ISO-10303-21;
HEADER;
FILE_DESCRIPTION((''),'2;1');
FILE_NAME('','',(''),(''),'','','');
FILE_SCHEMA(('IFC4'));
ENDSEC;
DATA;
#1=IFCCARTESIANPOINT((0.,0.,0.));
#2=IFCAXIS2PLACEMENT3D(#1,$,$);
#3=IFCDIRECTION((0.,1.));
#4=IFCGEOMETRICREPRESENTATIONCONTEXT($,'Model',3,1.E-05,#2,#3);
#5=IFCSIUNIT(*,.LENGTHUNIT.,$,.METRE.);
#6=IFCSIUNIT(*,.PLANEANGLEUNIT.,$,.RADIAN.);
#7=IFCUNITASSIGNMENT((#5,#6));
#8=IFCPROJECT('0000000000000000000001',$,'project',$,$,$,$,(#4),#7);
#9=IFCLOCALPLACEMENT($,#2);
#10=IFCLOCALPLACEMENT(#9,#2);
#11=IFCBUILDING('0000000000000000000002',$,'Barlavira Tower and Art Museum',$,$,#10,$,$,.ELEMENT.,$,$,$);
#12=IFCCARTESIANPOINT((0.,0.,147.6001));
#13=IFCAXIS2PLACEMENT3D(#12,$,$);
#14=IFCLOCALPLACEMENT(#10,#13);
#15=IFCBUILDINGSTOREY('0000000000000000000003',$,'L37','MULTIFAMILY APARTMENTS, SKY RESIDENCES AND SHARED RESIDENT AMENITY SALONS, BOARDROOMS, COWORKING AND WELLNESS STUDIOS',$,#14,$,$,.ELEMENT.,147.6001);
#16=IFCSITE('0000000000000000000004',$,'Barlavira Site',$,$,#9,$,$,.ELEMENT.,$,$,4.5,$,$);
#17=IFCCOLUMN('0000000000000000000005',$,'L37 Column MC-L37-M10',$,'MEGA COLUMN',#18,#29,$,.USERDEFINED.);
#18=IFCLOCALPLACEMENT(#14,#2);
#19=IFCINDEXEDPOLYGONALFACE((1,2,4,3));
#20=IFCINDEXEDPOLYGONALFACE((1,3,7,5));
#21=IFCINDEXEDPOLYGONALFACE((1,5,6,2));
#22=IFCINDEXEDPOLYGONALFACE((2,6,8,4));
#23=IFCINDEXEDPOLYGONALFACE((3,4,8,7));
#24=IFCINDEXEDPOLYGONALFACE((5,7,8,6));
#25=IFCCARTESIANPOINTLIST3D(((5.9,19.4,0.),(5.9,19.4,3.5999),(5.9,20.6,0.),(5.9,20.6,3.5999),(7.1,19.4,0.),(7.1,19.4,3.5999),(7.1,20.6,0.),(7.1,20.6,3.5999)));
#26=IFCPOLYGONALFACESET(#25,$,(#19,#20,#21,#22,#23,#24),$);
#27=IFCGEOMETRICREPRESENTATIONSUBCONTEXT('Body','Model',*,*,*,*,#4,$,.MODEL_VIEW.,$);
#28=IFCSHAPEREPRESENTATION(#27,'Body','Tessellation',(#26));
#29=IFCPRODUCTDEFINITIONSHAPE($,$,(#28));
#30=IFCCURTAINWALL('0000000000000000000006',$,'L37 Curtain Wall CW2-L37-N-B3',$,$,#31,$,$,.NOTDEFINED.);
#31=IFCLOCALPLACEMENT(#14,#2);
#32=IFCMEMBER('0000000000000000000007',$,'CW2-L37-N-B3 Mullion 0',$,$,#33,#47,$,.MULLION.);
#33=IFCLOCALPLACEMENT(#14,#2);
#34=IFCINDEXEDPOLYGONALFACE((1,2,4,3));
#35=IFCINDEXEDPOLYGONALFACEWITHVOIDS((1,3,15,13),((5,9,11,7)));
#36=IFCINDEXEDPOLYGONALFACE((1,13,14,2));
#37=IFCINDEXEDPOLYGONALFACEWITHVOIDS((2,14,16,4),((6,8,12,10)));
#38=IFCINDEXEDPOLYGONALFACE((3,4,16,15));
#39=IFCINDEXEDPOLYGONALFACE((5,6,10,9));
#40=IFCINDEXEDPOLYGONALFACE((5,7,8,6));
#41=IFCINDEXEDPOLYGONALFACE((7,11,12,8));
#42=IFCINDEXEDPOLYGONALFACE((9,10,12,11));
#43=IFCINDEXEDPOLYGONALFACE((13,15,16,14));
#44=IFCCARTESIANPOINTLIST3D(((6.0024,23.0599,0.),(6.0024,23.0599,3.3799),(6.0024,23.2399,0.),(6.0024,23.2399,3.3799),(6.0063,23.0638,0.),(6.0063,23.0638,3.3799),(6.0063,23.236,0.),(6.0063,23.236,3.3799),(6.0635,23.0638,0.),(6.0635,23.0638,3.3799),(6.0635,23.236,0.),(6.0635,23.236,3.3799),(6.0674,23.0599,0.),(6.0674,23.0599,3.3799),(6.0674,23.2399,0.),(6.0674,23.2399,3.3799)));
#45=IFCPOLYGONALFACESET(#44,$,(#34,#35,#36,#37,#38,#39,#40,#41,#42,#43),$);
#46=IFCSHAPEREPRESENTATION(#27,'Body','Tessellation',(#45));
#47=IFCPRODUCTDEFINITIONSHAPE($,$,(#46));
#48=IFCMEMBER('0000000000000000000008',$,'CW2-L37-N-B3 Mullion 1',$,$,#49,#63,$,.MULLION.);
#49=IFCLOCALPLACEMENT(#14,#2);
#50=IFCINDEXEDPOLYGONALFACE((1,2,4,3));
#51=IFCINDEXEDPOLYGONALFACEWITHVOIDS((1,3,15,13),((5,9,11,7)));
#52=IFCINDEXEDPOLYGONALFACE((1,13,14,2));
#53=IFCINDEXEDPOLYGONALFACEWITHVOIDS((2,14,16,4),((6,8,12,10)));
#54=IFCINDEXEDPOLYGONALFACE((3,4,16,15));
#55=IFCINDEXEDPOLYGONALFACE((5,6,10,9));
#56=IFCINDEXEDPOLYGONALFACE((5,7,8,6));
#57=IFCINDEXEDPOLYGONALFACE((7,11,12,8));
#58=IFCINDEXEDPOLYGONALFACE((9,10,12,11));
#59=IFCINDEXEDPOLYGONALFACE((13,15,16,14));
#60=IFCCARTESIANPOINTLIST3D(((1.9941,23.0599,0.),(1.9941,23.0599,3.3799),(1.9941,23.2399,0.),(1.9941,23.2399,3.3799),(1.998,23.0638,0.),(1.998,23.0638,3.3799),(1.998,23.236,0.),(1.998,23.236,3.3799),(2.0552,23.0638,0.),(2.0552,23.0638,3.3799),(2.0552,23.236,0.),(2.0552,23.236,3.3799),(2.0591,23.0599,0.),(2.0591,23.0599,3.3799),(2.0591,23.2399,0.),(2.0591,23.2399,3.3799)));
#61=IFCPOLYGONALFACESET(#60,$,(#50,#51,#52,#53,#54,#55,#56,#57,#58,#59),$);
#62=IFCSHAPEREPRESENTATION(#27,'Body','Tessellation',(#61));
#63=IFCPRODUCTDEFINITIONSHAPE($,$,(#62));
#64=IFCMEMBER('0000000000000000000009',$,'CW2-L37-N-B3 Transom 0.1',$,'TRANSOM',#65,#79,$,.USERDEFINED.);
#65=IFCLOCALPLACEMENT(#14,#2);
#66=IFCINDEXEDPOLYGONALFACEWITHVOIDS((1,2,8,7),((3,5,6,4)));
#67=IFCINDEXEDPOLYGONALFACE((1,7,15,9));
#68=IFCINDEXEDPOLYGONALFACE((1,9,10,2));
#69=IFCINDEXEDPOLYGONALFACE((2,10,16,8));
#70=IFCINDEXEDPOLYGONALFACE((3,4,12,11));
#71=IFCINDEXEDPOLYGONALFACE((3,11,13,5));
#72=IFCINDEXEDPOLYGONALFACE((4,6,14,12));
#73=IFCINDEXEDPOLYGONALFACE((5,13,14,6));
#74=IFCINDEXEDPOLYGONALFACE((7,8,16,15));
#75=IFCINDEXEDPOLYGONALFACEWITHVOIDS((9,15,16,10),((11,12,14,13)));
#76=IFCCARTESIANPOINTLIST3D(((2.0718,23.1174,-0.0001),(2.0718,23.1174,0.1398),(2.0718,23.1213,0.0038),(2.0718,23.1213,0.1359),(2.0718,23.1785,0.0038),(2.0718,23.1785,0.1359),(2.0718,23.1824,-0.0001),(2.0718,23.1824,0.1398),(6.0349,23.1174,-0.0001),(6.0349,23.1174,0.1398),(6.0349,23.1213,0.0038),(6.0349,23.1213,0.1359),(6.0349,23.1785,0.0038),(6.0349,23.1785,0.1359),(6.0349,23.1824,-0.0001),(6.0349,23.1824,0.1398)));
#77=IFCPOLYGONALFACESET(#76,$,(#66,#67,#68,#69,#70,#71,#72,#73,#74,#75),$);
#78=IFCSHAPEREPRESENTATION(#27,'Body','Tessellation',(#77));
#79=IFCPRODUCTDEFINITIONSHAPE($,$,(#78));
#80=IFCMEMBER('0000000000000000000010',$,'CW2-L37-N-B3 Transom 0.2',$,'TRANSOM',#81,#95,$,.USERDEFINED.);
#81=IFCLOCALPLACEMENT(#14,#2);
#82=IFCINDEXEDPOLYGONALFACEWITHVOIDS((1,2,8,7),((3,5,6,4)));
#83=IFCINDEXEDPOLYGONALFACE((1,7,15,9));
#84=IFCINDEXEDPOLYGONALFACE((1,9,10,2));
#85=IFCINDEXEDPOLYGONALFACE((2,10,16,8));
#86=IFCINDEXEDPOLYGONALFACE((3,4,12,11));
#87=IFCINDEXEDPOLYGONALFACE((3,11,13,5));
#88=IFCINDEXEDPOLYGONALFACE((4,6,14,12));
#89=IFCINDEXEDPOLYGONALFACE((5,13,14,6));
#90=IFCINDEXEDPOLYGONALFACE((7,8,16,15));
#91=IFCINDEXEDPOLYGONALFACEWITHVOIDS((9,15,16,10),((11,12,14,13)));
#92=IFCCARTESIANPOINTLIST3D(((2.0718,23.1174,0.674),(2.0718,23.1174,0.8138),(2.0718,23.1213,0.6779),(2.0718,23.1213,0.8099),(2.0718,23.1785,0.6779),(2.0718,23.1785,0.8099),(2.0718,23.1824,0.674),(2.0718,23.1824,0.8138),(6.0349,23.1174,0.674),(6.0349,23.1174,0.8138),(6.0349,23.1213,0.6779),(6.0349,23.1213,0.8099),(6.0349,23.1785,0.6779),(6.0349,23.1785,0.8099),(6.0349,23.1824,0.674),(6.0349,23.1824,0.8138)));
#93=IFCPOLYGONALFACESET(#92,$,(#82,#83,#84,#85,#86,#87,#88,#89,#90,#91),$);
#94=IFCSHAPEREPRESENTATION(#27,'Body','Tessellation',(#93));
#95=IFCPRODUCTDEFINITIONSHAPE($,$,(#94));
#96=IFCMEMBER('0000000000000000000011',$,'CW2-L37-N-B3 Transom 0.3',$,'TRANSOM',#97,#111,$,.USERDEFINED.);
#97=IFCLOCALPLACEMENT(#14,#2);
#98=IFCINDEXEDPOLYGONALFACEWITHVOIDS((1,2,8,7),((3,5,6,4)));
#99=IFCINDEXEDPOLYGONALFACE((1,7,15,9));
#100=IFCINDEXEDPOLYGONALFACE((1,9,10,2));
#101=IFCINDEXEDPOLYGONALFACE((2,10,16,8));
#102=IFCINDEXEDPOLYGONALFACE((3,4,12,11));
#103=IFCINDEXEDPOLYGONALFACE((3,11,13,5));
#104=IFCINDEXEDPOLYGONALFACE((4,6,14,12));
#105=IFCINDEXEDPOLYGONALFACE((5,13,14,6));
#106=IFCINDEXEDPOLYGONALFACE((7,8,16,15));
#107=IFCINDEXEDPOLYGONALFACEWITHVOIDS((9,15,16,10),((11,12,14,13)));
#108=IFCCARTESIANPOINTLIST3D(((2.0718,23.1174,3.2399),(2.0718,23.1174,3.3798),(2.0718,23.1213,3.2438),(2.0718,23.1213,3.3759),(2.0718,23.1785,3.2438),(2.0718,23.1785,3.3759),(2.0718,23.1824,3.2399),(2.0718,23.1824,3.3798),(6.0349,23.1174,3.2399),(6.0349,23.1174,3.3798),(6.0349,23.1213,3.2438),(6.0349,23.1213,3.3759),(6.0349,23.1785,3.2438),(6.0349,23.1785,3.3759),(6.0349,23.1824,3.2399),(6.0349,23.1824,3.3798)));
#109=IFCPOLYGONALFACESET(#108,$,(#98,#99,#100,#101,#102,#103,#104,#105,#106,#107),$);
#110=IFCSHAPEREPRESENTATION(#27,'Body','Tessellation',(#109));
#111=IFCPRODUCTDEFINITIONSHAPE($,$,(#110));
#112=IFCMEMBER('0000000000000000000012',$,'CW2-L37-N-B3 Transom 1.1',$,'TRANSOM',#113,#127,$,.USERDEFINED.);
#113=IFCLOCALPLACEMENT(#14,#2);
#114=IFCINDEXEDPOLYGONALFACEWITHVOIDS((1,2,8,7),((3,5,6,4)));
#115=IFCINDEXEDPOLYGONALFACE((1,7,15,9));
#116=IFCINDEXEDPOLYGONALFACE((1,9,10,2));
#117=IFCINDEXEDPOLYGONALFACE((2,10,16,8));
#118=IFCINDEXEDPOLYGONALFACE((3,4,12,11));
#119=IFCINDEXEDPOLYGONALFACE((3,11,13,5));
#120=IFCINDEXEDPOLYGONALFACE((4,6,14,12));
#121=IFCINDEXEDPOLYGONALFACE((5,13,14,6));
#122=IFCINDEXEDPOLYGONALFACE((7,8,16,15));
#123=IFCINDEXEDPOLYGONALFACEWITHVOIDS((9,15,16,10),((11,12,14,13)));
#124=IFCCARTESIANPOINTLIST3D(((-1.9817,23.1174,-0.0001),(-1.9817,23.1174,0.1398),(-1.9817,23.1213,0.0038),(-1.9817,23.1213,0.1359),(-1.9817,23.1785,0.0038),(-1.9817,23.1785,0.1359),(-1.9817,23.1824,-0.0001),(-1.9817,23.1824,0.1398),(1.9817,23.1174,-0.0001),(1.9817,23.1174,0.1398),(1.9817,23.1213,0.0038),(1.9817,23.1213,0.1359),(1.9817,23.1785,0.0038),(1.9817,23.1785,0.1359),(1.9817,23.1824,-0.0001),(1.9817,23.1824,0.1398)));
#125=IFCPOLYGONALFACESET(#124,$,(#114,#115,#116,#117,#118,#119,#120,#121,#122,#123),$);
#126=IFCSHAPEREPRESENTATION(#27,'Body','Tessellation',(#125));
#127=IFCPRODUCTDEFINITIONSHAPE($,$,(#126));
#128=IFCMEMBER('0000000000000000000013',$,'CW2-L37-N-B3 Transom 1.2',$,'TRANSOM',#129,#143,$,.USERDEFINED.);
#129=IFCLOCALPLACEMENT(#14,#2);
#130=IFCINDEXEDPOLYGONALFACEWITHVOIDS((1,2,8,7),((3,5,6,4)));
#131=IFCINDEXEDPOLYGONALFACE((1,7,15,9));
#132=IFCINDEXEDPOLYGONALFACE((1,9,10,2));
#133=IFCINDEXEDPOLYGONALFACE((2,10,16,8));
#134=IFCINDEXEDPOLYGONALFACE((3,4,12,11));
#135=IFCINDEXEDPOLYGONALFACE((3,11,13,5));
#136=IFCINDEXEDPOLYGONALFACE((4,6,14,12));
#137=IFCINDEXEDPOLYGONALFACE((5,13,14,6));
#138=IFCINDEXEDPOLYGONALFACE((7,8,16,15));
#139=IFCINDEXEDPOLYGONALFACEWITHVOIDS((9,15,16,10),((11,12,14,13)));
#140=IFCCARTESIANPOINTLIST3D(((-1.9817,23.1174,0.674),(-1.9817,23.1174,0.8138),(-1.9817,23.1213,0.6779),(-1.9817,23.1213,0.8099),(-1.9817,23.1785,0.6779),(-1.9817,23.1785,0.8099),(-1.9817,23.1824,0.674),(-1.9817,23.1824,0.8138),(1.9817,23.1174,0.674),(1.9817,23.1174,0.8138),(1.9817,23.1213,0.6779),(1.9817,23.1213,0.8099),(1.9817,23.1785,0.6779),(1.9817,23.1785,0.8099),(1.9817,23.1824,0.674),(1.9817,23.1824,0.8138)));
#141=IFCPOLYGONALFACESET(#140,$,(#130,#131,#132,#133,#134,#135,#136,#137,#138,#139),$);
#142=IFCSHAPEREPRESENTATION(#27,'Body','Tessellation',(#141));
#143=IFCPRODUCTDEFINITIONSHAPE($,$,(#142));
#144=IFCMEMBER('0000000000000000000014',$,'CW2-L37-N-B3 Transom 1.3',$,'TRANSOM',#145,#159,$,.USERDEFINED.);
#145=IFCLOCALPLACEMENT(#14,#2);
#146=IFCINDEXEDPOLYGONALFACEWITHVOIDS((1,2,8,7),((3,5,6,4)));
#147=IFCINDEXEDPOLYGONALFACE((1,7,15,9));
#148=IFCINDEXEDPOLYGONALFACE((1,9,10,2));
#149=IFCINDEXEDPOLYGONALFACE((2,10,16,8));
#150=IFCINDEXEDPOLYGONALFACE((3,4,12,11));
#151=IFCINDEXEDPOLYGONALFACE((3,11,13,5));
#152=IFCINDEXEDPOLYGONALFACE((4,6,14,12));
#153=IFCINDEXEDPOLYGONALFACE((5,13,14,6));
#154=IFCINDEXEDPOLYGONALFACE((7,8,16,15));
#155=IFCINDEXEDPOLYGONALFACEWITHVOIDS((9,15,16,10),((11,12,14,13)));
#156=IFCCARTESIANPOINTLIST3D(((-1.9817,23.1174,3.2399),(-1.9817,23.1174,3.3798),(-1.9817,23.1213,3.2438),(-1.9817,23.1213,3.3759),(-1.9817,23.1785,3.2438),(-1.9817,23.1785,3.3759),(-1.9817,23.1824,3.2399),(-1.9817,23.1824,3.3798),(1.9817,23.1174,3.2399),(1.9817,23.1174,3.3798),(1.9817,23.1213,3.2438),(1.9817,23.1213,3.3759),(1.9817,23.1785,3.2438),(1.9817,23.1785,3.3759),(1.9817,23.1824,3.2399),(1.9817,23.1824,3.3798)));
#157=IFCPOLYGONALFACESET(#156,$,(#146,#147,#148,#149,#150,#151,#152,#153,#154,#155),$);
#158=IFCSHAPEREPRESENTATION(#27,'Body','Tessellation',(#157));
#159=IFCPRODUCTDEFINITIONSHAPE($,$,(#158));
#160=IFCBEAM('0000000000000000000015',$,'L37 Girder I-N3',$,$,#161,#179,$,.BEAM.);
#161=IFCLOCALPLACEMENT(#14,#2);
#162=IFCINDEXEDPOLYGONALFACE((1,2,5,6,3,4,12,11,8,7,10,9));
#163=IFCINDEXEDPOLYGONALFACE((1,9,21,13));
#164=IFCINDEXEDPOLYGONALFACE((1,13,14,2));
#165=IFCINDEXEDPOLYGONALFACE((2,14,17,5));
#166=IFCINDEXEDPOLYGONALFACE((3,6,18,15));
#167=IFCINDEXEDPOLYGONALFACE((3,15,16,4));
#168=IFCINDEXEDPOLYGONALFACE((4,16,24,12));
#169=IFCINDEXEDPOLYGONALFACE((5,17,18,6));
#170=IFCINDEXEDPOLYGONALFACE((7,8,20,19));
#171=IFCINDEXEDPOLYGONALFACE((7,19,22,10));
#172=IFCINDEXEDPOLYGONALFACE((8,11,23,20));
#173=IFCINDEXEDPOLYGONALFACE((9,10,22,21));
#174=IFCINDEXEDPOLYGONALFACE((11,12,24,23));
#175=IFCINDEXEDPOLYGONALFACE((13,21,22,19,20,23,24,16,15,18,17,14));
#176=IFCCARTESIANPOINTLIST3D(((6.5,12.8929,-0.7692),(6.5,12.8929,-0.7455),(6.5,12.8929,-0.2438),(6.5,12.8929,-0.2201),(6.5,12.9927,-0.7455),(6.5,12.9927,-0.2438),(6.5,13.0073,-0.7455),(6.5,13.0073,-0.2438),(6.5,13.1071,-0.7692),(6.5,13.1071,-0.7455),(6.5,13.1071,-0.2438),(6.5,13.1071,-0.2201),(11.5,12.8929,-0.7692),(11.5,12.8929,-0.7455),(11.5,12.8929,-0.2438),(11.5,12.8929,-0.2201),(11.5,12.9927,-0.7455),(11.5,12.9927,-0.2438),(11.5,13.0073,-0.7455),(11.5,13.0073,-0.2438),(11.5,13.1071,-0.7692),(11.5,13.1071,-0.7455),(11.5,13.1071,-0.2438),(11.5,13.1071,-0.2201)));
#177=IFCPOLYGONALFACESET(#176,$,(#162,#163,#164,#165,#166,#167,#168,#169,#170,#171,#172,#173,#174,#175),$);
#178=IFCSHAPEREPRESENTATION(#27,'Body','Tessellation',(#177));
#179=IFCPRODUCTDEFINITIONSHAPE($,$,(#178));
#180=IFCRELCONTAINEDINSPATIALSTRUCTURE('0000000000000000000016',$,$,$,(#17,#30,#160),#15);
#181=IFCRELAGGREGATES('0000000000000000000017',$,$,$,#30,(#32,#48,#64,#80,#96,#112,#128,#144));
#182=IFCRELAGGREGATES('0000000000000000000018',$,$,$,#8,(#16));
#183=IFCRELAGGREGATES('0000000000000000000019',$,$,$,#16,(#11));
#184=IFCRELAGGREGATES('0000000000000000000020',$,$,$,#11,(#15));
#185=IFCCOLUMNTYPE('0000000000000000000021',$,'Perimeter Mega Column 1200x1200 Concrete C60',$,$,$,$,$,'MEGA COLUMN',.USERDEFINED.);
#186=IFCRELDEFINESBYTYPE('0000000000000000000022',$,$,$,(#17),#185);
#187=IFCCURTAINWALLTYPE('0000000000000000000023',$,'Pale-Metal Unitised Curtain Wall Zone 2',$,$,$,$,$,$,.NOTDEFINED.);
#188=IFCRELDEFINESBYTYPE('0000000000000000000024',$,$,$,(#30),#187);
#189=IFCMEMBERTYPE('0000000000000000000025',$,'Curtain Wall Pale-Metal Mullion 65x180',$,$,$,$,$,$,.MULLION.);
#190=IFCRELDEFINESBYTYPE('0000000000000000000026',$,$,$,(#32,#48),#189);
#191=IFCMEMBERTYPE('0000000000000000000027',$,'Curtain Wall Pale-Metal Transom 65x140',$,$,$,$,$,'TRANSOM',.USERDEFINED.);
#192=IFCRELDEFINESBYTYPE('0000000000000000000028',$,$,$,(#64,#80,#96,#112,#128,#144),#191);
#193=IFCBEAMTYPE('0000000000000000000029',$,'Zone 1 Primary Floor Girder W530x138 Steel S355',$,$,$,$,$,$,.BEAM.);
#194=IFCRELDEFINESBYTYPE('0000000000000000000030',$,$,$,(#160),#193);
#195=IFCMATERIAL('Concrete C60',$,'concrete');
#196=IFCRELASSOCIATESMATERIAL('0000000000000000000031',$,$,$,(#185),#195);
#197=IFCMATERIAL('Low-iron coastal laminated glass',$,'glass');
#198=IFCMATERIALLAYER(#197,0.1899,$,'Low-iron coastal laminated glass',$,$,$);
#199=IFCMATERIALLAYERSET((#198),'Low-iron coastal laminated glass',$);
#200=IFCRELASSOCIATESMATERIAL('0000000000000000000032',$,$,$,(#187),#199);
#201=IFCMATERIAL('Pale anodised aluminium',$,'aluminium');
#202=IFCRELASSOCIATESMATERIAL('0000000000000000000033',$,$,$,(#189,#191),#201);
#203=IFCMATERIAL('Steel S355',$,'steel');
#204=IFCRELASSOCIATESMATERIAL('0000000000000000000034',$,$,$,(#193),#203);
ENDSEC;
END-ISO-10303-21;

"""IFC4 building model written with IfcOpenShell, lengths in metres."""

from ifc_helpers import new_model, si_unit, direction, frame, origin, origin_2d, place, context, subcontext, project, spatial, rectangle, hollow_rectangle, i_section, extrude, material, layer, layer_set, material_profile, profile_set, type_object, element, aggregate, save


model = new_model("IFC4")

# Units and contexts
model_context = context("Model", 3, precision=1e-05, world=origin(), true_north=direction((0.0, 1.0)))
body_context = subcontext(model_context, "Body", "Model", "MODEL_VIEW")
ifc_project = project(units=[si_unit("LENGTHUNIT", "METRE"), si_unit("PLANEANGLEUNIT", "RADIAN")], contexts=[model_context])

# Site, building, storey
site_placement = place(None, origin())
site = spatial("IfcSite", under=ifc_project, at=site_placement, Name="Barlavira Site", CompositionType="ELEMENT", RefElevation=4.5)
building_placement = place(site_placement, origin())
building = spatial("IfcBuilding", under=site, at=building_placement, Name="Barlavira Tower and Art Museum", CompositionType="ELEMENT")
storey_placement = place(building_placement, frame((0.0, 0.0, 147.6001)))
storey = spatial("IfcBuildingStorey", under=building, at=storey_placement, Name="L37", Description="MULTIFAMILY APARTMENTS, SKY RESIDENCES AND SHARED RESIDENT AMENITY SALONS, BOARDROOMS, COWORKING AND WELLNESS STUDIOS", CompositionType="ELEMENT", Elevation=147.6001)

# Column
ifc_material_1 = material(Name="Concrete C60", Category="concrete")
ifc_material_profile_1 = material_profile(ifc_material_1, rectangle(XDim=1.2, YDim=1.2, at=origin_2d()), Name="RC-COL 1200x1200")
ifc_profile_set_1 = profile_set([ifc_material_profile_1], Name="Concrete C60")
column_type = type_object("IfcColumnType", Name="Perimeter Mega Column 1200x1200 Concrete C60", ElementType="MEGA COLUMN", PredefinedType="USERDEFINED", material=ifc_profile_set_1)
column_placement = place(storey_placement, frame((6.5, 20.0, 0.0), z_axis=(0.0, 0.0, 1.0), x_axis=(1.0, 0.0, 0.0)))
element("IfcColumn", 1, at=column_placement, inside=storey, type_object=column_type, Name="L37 Column MC-L37-M10", ObjectType="MEGA COLUMN", PredefinedType="USERDEFINED", context=body_context, shape_type="SweptSolid", body=[
    extrude(rectangle(XDim=1.2, YDim=1.2, at=origin_2d()), origin(), (0.0, 0.0, 1.0), 3.5999),
])

# Curtain wall, members
ifc_material_2 = material(Name="Low-iron coastal laminated glass", Category="glass")
ifc_layer_1 = layer(ifc_material_2, 0.1899, Name="Low-iron coastal laminated glass")
ifc_layer_set_1 = layer_set([ifc_layer_1], Name="Low-iron coastal laminated glass")
curtain_wall_type = type_object("IfcCurtainWallType", Name="Pale-Metal Unitised Curtain Wall Zone 2", PredefinedType="NOTDEFINED", material=ifc_layer_set_1)
curtain_wall_placement = place(storey_placement, origin())
curtain_wall = element("IfcCurtainWall", 2, at=curtain_wall_placement, inside=storey, type_object=curtain_wall_type, Name="L37 Curtain Wall CW2-L37-N-B3", PredefinedType="NOTDEFINED")
ifc_material_3 = material(Name="Pale anodised aluminium", Category="aluminium")
ifc_material_profile_2 = material_profile(ifc_material_3, hollow_rectangle(XDim=0.0649, YDim=0.1799, WallThickness=0.0039, at=origin_2d()), Name="ALU-MULL 65x180x4")
ifc_profile_set_2 = profile_set([ifc_material_profile_2], Name="Pale anodised aluminium")
member_type_1 = type_object("IfcMemberType", Name="Curtain Wall Pale-Metal Mullion 65x180", PredefinedType="MULLION", material=ifc_profile_set_2)
member_1_placement = place(storey_placement, frame((6.0349, 23.1499, 0.0), z_axis=(0.0, 0.0, 1.0), x_axis=(-1.0, 0.0, 0.0)))
member_1 = element("IfcMember", 3, at=member_1_placement, type_object=member_type_1, Name="CW2-L37-N-B3 Mullion 0", PredefinedType="MULLION", context=body_context, shape_type="SweptSolid", body=[
    extrude(hollow_rectangle(XDim=0.0649, YDim=0.1799, WallThickness=0.0039, at=origin_2d()), origin(), (0.0, 0.0, 1.0), 3.3799),
])
member_2_placement = place(storey_placement, frame((2.0266, 23.1499, 0.0), z_axis=(0.0, 0.0, 1.0), x_axis=(-1.0, 0.0, 0.0)))
member_2 = element("IfcMember", 4, at=member_2_placement, type_object=member_type_1, Name="CW2-L37-N-B3 Mullion 1", PredefinedType="MULLION", context=body_context, shape_type="SweptSolid", body=[
    extrude(hollow_rectangle(XDim=0.0649, YDim=0.1799, WallThickness=0.0039, at=origin_2d()), origin(), (0.0, 0.0, 1.0), 3.3799),
])
ifc_material_profile_3 = material_profile(ifc_material_3, hollow_rectangle(XDim=0.0649, YDim=0.1399, WallThickness=0.0039, at=origin_2d()), Name="ALU-TRAN 65x140x4")
ifc_profile_set_3 = profile_set([ifc_material_profile_3], Name="Pale anodised aluminium")
member_type_2 = type_object("IfcMemberType", Name="Curtain Wall Pale-Metal Transom 65x140", ElementType="TRANSOM", PredefinedType="USERDEFINED", material=ifc_profile_set_3)
member_3_placement = place(storey_placement, frame((6.0349, 23.1499, 0.0698), z_axis=(-1.0, 0.0, 0.0), x_axis=(0.0, -1.0, 0.0)))
member_3 = element("IfcMember", 5, at=member_3_placement, type_object=member_type_2, Name="CW2-L37-N-B3 Transom 0.1", ObjectType="TRANSOM", PredefinedType="USERDEFINED", context=body_context, shape_type="SweptSolid", body=[
    extrude(hollow_rectangle(XDim=0.0649, YDim=0.1399, WallThickness=0.0039, at=origin_2d()), origin(), (0.0, 0.0, 1.0), 3.9631),
])
member_4_placement = place(storey_placement, frame((6.0349, 23.1499, 0.7439), z_axis=(-1.0, 0.0, 0.0), x_axis=(0.0, -1.0, 0.0)))
member_4 = element("IfcMember", 6, at=member_4_placement, type_object=member_type_2, Name="CW2-L37-N-B3 Transom 0.2", ObjectType="TRANSOM", PredefinedType="USERDEFINED", context=body_context, shape_type="SweptSolid", body=[
    extrude(hollow_rectangle(XDim=0.0649, YDim=0.1399, WallThickness=0.0039, at=origin_2d()), origin(), (0.0, 0.0, 1.0), 3.9631),
])
member_5_placement = place(storey_placement, frame((6.0349, 23.1499, 3.3098), z_axis=(-1.0, 0.0, 0.0), x_axis=(0.0, -1.0, 0.0)))
member_5 = element("IfcMember", 7, at=member_5_placement, type_object=member_type_2, Name="CW2-L37-N-B3 Transom 0.3", ObjectType="TRANSOM", PredefinedType="USERDEFINED", context=body_context, shape_type="SweptSolid", body=[
    extrude(hollow_rectangle(XDim=0.0649, YDim=0.1399, WallThickness=0.0039, at=origin_2d()), origin(), (0.0, 0.0, 1.0), 3.9631),
])
member_6_placement = place(storey_placement, frame((1.9817, 23.1499, 0.0698), z_axis=(-1.0, 0.0, 0.0), x_axis=(0.0, -1.0, 0.0)))
member_6 = element("IfcMember", 8, at=member_6_placement, type_object=member_type_2, Name="CW2-L37-N-B3 Transom 1.1", ObjectType="TRANSOM", PredefinedType="USERDEFINED", context=body_context, shape_type="SweptSolid", body=[
    extrude(hollow_rectangle(XDim=0.0649, YDim=0.1399, WallThickness=0.0039, at=origin_2d()), origin(), (0.0, 0.0, 1.0), 3.9634),
])
member_7_placement = place(storey_placement, frame((1.9817, 23.1499, 0.7439), z_axis=(-1.0, 0.0, 0.0), x_axis=(0.0, -1.0, 0.0)))
member_7 = element("IfcMember", 9, at=member_7_placement, type_object=member_type_2, Name="CW2-L37-N-B3 Transom 1.2", ObjectType="TRANSOM", PredefinedType="USERDEFINED", context=body_context, shape_type="SweptSolid", body=[
    extrude(hollow_rectangle(XDim=0.0649, YDim=0.1399, WallThickness=0.0039, at=origin_2d()), origin(), (0.0, 0.0, 1.0), 3.9634),
])
member_8_placement = place(storey_placement, frame((1.9817, 23.1499, 3.3098), z_axis=(-1.0, 0.0, 0.0), x_axis=(0.0, -1.0, 0.0)))
member_8 = element("IfcMember", 10, at=member_8_placement, type_object=member_type_2, Name="CW2-L37-N-B3 Transom 1.3", ObjectType="TRANSOM", PredefinedType="USERDEFINED", context=body_context, shape_type="SweptSolid", body=[
    extrude(hollow_rectangle(XDim=0.0649, YDim=0.1399, WallThickness=0.0039, at=origin_2d()), origin(), (0.0, 0.0, 1.0), 3.9634),
])

# Beam
ifc_material_4 = material(Name="Steel S355", Category="steel")
ifc_material_profile_4 = material_profile(ifc_material_4, i_section(OverallWidth=0.2141, OverallDepth=0.5491, WebThickness=0.0146, FlangeThickness=0.0237, at=origin_2d()), Name="W530x138.0")
ifc_profile_set_4 = profile_set([ifc_material_profile_4], Name="Steel S355")
beam_type = type_object("IfcBeamType", Name="Zone 1 Primary Floor Girder W530x138 Steel S355", PredefinedType="BEAM", material=ifc_profile_set_4)
beam_placement = place(storey_placement, frame((6.5, 13.0, -0.4946), z_axis=(1.0, 0.0, 0.0), x_axis=(0.0, 1.0, 0.0)))
element("IfcBeam", 11, at=beam_placement, inside=storey, type_object=beam_type, Name="L37 Girder I-N3", PredefinedType="BEAM", context=body_context, shape_type="SweptSolid", body=[
    extrude(i_section(OverallWidth=0.2141, OverallDepth=0.5491, WebThickness=0.0146, FlangeThickness=0.0237, at=origin_2d()), origin(), (0.0, 0.0, 1.0), 5.0),
])

aggregate(curtain_wall, [member_1, member_2, member_3, member_4, member_5, member_6, member_7, member_8])

save(model, "model.ifc")
